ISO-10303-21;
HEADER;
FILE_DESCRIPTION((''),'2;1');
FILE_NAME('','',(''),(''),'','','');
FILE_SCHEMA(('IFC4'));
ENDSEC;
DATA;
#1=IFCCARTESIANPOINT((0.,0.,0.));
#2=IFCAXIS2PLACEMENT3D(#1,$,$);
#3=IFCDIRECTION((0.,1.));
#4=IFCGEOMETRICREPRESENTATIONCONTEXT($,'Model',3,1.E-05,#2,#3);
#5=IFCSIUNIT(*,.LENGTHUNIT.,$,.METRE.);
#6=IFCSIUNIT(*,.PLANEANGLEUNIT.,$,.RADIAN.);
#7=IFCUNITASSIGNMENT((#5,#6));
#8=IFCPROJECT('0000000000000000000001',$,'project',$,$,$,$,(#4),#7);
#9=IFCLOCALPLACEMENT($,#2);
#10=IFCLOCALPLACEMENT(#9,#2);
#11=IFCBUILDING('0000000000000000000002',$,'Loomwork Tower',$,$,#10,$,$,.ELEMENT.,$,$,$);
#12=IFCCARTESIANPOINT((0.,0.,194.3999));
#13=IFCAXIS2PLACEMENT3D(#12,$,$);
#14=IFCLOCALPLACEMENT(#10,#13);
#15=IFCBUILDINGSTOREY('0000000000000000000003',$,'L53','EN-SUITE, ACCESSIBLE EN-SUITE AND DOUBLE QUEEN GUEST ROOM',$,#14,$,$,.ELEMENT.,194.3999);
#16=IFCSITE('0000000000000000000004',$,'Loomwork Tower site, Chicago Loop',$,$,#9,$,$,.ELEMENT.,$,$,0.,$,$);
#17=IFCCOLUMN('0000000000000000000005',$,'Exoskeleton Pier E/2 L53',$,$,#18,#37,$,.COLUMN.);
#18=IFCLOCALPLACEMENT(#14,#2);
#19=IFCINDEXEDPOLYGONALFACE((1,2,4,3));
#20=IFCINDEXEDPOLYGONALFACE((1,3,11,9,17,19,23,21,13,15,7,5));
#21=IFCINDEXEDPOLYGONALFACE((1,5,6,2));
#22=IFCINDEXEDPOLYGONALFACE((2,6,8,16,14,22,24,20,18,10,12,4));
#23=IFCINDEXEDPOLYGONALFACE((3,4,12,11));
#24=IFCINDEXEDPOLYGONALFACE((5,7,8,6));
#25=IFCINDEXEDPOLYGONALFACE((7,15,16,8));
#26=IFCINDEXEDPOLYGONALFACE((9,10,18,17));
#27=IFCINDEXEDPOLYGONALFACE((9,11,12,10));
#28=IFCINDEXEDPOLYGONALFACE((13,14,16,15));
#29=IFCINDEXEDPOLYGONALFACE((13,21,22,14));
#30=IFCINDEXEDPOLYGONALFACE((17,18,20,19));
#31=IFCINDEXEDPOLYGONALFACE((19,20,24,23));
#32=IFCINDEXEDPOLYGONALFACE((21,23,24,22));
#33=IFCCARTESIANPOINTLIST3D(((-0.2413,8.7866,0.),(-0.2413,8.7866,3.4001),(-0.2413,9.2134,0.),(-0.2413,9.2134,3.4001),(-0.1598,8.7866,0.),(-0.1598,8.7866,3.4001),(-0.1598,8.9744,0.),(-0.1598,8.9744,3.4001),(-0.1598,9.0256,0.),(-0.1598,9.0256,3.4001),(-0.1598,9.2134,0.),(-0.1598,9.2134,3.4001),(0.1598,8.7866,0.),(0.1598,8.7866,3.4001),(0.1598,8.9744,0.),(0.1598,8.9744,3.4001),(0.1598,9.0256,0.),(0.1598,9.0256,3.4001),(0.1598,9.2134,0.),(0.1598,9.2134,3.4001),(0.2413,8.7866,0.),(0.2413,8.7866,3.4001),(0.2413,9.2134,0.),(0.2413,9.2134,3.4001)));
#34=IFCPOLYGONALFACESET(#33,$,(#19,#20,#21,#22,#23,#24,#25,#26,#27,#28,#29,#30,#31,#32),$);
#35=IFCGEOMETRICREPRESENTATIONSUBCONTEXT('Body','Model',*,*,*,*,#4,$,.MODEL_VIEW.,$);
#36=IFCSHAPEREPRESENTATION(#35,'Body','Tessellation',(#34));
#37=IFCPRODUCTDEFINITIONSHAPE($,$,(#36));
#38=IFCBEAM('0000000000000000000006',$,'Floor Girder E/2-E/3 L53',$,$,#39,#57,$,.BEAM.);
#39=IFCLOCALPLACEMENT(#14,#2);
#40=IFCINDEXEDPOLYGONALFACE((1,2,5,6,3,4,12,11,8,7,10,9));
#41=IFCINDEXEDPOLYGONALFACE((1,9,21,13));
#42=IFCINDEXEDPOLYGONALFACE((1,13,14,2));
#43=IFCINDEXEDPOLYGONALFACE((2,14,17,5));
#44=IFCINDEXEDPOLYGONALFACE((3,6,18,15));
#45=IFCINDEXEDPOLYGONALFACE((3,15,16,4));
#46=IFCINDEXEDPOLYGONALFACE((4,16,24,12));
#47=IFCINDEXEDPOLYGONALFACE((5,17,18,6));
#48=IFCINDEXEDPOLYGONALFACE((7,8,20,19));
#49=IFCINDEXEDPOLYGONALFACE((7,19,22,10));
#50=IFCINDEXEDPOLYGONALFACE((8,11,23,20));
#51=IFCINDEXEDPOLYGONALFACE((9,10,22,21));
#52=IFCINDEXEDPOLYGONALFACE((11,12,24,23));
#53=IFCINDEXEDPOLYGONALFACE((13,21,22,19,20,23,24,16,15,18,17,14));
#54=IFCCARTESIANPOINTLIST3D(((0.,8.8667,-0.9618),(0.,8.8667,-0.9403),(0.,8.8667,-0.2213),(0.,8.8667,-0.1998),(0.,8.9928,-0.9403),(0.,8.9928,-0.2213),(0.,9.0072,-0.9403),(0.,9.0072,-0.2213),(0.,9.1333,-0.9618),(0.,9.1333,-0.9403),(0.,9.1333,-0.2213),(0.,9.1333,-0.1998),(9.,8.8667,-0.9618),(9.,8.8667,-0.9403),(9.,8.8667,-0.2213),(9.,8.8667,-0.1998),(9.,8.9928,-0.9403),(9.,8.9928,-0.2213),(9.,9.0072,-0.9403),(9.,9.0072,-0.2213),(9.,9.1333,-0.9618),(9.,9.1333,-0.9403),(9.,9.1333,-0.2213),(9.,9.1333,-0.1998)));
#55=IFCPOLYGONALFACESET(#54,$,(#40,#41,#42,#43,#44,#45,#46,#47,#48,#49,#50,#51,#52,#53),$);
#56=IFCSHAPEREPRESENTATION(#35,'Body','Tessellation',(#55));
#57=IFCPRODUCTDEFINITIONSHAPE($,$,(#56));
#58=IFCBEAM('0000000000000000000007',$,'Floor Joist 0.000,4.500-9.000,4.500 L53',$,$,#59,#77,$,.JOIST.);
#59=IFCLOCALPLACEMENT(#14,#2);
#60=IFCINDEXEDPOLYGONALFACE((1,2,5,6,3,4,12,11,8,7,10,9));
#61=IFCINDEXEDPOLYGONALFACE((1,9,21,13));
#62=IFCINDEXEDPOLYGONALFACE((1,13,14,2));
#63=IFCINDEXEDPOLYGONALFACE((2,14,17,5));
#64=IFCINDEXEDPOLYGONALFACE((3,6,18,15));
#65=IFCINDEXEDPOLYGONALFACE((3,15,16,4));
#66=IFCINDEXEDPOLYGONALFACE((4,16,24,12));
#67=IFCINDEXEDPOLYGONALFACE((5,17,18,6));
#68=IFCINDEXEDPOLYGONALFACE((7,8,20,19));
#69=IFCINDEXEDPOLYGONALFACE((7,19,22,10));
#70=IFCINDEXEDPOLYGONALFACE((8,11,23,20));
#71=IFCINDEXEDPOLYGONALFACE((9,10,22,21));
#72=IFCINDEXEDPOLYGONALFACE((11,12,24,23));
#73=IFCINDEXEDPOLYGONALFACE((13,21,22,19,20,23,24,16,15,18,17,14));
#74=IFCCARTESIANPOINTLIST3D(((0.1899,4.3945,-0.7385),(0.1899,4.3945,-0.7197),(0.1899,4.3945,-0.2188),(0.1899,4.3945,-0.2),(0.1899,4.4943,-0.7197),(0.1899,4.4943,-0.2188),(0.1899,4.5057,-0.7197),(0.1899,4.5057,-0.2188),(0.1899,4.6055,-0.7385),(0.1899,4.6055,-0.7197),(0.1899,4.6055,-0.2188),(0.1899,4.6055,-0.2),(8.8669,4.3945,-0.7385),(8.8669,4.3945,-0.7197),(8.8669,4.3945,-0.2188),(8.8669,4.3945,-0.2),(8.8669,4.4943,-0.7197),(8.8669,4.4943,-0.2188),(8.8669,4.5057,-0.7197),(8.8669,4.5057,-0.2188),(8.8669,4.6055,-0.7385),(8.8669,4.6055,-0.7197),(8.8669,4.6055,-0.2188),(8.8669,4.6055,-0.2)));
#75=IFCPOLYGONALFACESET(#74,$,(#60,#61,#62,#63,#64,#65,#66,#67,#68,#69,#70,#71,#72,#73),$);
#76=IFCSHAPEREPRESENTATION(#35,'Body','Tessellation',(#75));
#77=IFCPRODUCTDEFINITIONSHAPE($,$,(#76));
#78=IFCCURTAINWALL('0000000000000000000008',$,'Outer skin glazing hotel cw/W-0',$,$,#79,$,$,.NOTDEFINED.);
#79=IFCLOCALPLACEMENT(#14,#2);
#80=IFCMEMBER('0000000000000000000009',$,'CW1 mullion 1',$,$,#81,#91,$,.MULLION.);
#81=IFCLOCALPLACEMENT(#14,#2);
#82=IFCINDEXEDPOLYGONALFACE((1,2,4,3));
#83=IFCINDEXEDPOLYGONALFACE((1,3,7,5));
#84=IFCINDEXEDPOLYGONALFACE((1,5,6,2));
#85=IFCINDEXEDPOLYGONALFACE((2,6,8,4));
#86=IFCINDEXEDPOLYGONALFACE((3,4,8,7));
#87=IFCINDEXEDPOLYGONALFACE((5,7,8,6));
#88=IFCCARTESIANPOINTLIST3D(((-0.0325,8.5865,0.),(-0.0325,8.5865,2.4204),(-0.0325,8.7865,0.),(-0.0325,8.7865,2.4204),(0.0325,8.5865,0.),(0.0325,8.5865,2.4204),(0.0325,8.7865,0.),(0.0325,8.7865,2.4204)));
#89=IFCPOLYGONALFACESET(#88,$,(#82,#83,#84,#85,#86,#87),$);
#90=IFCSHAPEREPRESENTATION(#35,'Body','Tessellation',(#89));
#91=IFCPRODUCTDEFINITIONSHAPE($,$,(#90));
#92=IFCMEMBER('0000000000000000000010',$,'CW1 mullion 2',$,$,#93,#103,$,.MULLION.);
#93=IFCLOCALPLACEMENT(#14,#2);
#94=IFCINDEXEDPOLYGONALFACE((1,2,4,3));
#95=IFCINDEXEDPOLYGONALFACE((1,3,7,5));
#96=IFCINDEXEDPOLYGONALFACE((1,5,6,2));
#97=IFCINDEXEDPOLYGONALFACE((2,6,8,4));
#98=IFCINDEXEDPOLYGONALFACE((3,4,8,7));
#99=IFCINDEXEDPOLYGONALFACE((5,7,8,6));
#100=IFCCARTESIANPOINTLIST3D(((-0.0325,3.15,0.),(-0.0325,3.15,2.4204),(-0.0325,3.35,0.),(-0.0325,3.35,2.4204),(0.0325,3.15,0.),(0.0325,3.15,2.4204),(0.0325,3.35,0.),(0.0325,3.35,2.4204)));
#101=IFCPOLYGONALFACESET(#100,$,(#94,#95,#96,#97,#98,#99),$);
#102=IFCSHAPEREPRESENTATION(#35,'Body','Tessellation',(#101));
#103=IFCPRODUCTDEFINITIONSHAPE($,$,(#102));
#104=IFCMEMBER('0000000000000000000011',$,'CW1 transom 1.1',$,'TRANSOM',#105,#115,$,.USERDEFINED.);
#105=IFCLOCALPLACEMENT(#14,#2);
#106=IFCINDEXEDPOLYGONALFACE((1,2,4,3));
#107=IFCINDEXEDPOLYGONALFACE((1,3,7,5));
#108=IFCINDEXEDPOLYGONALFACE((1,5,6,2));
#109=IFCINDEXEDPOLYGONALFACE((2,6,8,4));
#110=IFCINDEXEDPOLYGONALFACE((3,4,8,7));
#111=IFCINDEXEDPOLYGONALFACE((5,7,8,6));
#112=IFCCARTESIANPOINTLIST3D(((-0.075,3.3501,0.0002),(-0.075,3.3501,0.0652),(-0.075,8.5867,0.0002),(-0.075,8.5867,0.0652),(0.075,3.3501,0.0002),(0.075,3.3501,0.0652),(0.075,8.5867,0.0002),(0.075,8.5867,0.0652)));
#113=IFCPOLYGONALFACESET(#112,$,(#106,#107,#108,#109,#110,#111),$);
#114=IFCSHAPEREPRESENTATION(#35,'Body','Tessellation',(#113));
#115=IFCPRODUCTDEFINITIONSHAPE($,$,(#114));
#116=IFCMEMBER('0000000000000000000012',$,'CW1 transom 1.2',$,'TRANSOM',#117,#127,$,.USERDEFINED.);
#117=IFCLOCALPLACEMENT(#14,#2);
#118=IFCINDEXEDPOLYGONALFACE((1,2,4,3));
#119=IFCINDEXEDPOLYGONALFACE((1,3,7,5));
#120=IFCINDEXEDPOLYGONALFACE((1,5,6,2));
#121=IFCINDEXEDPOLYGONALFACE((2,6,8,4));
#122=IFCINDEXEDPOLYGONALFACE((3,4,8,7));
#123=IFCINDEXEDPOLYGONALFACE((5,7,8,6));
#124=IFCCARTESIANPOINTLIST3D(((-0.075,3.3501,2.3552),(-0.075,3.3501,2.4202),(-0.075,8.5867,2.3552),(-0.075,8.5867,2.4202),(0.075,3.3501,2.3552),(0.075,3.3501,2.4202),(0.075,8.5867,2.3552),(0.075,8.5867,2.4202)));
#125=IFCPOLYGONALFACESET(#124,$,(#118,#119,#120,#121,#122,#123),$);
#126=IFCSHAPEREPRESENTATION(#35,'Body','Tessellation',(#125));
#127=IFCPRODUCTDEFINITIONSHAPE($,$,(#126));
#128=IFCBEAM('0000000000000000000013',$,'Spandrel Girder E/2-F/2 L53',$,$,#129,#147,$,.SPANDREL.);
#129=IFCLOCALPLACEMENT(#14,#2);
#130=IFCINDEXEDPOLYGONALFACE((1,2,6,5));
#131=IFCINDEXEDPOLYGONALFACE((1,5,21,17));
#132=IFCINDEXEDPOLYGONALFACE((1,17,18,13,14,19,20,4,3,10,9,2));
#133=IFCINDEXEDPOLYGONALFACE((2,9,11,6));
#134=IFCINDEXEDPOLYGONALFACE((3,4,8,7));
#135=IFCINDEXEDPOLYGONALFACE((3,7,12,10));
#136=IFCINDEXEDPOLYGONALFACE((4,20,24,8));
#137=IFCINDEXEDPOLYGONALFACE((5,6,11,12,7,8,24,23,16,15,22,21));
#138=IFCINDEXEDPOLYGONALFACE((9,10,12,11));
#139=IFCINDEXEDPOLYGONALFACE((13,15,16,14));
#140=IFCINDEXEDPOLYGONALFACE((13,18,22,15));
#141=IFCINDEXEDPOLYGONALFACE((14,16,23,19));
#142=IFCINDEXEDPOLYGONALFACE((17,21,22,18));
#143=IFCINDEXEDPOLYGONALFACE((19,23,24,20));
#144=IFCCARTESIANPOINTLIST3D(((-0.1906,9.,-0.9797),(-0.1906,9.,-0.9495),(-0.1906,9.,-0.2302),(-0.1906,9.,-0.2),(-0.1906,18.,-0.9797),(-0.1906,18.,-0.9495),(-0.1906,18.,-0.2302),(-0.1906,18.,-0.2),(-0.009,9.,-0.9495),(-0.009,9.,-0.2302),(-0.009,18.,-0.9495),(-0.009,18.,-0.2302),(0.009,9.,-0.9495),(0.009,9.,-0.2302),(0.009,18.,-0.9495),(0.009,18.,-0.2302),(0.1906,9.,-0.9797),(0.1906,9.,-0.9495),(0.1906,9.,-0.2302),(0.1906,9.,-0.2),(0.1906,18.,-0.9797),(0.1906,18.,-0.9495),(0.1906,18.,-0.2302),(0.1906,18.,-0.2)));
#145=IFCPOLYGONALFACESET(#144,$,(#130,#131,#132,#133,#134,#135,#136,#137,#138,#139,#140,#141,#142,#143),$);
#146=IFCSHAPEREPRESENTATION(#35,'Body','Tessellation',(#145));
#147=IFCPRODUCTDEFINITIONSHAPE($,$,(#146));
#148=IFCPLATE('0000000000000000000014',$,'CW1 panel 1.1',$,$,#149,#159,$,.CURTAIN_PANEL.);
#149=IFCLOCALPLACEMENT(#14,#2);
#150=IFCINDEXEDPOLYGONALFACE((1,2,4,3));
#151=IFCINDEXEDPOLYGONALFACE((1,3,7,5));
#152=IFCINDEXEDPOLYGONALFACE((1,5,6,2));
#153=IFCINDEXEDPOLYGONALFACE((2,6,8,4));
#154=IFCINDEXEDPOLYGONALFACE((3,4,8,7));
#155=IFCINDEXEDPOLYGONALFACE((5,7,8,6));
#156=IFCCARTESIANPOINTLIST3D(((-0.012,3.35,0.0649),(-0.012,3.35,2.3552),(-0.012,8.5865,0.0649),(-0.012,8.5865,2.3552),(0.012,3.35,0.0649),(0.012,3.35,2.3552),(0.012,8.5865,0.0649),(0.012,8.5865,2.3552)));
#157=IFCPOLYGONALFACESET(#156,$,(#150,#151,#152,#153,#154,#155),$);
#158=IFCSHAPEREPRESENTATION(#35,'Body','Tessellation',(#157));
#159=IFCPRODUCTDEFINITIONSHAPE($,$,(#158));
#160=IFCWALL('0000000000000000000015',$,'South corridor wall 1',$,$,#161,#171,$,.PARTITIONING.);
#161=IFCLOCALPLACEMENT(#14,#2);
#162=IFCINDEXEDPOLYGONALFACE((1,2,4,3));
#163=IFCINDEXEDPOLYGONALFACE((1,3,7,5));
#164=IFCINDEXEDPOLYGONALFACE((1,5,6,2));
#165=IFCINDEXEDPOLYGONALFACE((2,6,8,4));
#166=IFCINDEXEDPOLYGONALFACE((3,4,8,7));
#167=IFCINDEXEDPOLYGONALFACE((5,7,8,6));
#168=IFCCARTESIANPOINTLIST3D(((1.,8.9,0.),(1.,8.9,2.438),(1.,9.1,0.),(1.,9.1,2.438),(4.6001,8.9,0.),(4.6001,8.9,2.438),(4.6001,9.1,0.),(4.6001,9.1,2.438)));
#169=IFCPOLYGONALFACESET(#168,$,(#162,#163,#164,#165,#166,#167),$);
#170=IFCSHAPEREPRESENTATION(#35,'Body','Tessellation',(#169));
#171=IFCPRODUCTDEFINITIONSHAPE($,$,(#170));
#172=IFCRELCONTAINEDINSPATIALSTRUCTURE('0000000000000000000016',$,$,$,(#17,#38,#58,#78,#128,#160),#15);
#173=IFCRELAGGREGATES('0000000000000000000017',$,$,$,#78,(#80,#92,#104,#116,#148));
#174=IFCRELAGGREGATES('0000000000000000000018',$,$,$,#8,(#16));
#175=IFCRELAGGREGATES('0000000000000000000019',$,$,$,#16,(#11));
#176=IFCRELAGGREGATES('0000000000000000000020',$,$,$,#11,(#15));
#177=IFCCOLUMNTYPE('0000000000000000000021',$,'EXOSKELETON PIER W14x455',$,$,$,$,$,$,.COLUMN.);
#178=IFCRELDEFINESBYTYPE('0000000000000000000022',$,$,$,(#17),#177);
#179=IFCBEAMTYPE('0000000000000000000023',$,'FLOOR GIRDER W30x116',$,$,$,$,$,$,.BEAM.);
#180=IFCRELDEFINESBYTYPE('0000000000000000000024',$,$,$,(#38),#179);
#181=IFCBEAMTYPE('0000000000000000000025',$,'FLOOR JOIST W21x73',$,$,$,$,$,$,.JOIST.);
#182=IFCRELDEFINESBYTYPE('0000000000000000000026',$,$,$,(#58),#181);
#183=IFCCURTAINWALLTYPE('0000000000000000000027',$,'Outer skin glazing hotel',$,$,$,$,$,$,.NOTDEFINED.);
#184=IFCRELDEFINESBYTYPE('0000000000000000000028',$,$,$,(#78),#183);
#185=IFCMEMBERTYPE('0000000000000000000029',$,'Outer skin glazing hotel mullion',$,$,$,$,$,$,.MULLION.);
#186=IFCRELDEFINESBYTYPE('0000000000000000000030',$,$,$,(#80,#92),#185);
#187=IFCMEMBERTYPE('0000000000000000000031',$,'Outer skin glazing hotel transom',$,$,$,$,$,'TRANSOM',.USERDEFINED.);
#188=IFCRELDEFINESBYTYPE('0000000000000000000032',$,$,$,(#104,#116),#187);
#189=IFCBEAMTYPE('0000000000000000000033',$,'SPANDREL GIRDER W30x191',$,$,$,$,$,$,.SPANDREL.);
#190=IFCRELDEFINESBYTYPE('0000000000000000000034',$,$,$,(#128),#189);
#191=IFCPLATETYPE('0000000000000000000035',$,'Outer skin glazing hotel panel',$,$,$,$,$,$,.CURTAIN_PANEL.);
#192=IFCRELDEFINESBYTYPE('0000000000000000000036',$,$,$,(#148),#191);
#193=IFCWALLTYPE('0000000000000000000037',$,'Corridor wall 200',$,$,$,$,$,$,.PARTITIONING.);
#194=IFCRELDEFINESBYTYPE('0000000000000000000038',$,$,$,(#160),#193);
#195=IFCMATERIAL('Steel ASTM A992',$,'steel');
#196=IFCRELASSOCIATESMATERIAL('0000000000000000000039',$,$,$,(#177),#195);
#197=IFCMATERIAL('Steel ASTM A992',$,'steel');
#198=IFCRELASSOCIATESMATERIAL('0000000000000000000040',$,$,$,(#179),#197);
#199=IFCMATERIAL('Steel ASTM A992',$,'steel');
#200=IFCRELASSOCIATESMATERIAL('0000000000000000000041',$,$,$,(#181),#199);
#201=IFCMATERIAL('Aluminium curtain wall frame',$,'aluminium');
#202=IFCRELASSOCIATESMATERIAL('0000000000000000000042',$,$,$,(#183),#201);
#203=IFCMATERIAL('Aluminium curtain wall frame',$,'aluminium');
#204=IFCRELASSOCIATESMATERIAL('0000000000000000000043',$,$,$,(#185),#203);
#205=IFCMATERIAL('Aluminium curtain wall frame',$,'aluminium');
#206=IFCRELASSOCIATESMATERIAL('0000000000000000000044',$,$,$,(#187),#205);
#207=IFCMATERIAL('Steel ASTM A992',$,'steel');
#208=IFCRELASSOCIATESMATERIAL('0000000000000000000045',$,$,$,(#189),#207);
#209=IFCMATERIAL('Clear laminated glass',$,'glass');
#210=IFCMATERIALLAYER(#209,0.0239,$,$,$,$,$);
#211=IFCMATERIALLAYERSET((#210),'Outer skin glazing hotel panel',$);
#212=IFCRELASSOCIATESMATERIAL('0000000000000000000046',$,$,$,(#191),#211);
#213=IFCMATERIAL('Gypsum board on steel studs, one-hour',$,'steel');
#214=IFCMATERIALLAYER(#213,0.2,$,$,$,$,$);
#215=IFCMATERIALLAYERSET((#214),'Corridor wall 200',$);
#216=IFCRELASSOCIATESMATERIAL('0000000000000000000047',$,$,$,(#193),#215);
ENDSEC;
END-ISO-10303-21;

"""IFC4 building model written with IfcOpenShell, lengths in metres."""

from ifc_helpers import new_model, si_unit, direction, frame, frame_2d, origin, origin_2d, place, context, subcontext, project, spatial, rectangle, i_section, extrude, material, layer, layer_set, material_profile, profile_set, type_object, element, aggregate, save


model = new_model("IFC4")

# Units and contexts
model_context = context("Model", 3, precision=1e-05, world=origin(), true_north=direction((0.0, 1.0)))
body_context = subcontext(model_context, "Body", "Model", "MODEL_VIEW")
ifc_project = project(units=[si_unit("LENGTHUNIT", "METRE"), si_unit("PLANEANGLEUNIT", "RADIAN")], contexts=[model_context])

# Site, building, storey
site_placement = place(None, origin())
site = spatial("IfcSite", under=ifc_project, at=site_placement, Name="Loomwork Tower site, Chicago Loop", CompositionType="ELEMENT", RefElevation=0.0)
building_placement = place(site_placement, origin())
building = spatial("IfcBuilding", under=site, at=building_placement, Name="Loomwork Tower", CompositionType="ELEMENT")
storey_placement = place(building_placement, frame((0.0, 0.0, 194.3999)))
storey = spatial("IfcBuildingStorey", under=building, at=storey_placement, Name="L53", Description="EN-SUITE, ACCESSIBLE EN-SUITE AND DOUBLE QUEEN GUEST ROOM", CompositionType="ELEMENT", Elevation=194.3999)

# Column
ifc_material_1 = material(Name="Steel ASTM A992", Category="steel")
ifc_material_profile_1 = material_profile(ifc_material_1, i_section(OverallWidth=0.4268, OverallDepth=0.4827, WebThickness=0.0513, FlangeThickness=0.0815, at=origin_2d()), Name="W14x455")
ifc_profile_set_1 = profile_set([ifc_material_profile_1], Name="Steel ASTM A992")
column_type = type_object("IfcColumnType", Name="EXOSKELETON PIER W14x455", PredefinedType="COLUMN", material=ifc_profile_set_1)
column_placement = place(storey_placement, frame((0.0, 9.0, 0.0), z_axis=(0.0, 0.0, 1.0), x_axis=(0.0, 1.0, 0.0)))
element("IfcColumn", 1, at=column_placement, inside=storey, type_object=column_type, Name="Exoskeleton Pier E/2 L53", PredefinedType="COLUMN", context=body_context, shape_type="SweptSolid", body=[
    extrude(i_section(OverallWidth=0.4268, OverallDepth=0.4827, WebThickness=0.0513, FlangeThickness=0.0815, at=origin_2d()), origin(), (0.0, 0.0, 1.0), 3.4001),
])

# Beams
ifc_material_2 = material(Name="Steel ASTM A992", Category="steel")
ifc_material_profile_2 = material_profile(ifc_material_2, i_section(OverallWidth=0.2666, OverallDepth=0.762, WebThickness=0.0144, FlangeThickness=0.0215, at=origin_2d()), Name="W30x116")
ifc_profile_set_2 = profile_set([ifc_material_profile_2], Name="Steel ASTM A992")
beam_type_1 = type_object("IfcBeamType", Name="FLOOR GIRDER W30x116", PredefinedType="BEAM", material=ifc_profile_set_2)
beam_1_placement = place(storey_placement, frame((0.0, 9.0, -0.5808), z_axis=(1.0, 0.0, 0.0), x_axis=(0.0, 1.0, 0.0)))
element("IfcBeam", 2, at=beam_1_placement, inside=storey, type_object=beam_type_1, Name="Floor Girder E/2-E/3 L53", PredefinedType="BEAM", context=body_context, shape_type="SweptSolid", body=[
    extrude(i_section(OverallWidth=0.2666, OverallDepth=0.762, WebThickness=0.0144, FlangeThickness=0.0215, at=origin_2d()), origin(), (0.0, 0.0, 1.0), 9.0),
])
ifc_material_3 = material(Name="Steel ASTM A992", Category="steel")
ifc_material_profile_3 = material_profile(ifc_material_3, i_section(OverallWidth=0.2109, OverallDepth=0.5386, WebThickness=0.0115, FlangeThickness=0.0188, at=origin_2d()), Name="W21x73")
ifc_profile_set_3 = profile_set([ifc_material_profile_3], Name="Steel ASTM A992")
beam_type_2 = type_object("IfcBeamType", Name="FLOOR JOIST W21x73", PredefinedType="JOIST", material=ifc_profile_set_3)
beam_2_placement = place(storey_placement, frame((0.1899, 4.5, -0.4692), z_axis=(1.0, 0.0, 0.0), x_axis=(0.0, 1.0, 0.0)))
element("IfcBeam", 3, at=beam_2_placement, inside=storey, type_object=beam_type_2, Name="Floor Joist 0.000,4.500-9.000,4.500 L53", PredefinedType="JOIST", context=body_context, shape_type="SweptSolid", body=[
    extrude(i_section(OverallWidth=0.2109, OverallDepth=0.5386, WebThickness=0.0115, FlangeThickness=0.0188, at=origin_2d()), origin(), (0.0, 0.0, 1.0), 8.677),
])

# Curtain wall, members
ifc_material_4 = material(Name="Aluminium curtain wall frame", Category="aluminium")
curtain_wall_type = type_object("IfcCurtainWallType", Name="Outer skin glazing hotel", PredefinedType="NOTDEFINED", material=ifc_material_4)
curtain_wall_placement = place(storey_placement, origin())
curtain_wall = element("IfcCurtainWall", 4, at=curtain_wall_placement, inside=storey, type_object=curtain_wall_type, Name="Outer skin glazing hotel cw/W-0", PredefinedType="NOTDEFINED")
ifc_material_5 = material(Name="Aluminium curtain wall frame", Category="aluminium")
ifc_material_profile_4 = material_profile(ifc_material_5, rectangle(XDim=0.0649, YDim=0.2, at=origin_2d()), Name="AL 65x200")
ifc_profile_set_4 = profile_set([ifc_material_profile_4], Name="Aluminium curtain wall frame")
member_type_1 = type_object("IfcMemberType", Name="Outer skin glazing hotel mullion", PredefinedType="MULLION", material=ifc_profile_set_4)
member_1_placement = place(storey_placement, frame((0.0, 8.6865, 0.0), z_axis=(0.0, 0.0, 1.0), x_axis=(1.0, 0.0, 0.0)))
member_1 = element("IfcMember", 5, at=member_1_placement, type_object=member_type_1, Name="CW1 mullion 1", PredefinedType="MULLION", context=body_context, shape_type="SweptSolid", body=[
    extrude(rectangle(XDim=0.0649, YDim=0.2, at=origin_2d()), origin(), (0.0, 0.0, 1.0), 2.4204),
])
member_2_placement = place(storey_placement, frame((0.0, 3.25, 0.0), z_axis=(0.0, 0.0, 1.0), x_axis=(1.0, 0.0, 0.0)))
member_2 = element("IfcMember", 6, at=member_2_placement, type_object=member_type_1, Name="CW1 mullion 2", PredefinedType="MULLION", context=body_context, shape_type="SweptSolid", body=[
    extrude(rectangle(XDim=0.0649, YDim=0.2, at=origin_2d()), origin(), (0.0, 0.0, 1.0), 2.4204),
])
ifc_material_6 = material(Name="Aluminium curtain wall frame", Category="aluminium")
ifc_material_profile_5 = material_profile(ifc_material_6, rectangle(XDim=0.1499, YDim=0.0649, at=origin_2d()), Name="AL 65x150")
ifc_profile_set_5 = profile_set([ifc_material_profile_5], Name="Aluminium curtain wall frame")
member_type_2 = type_object("IfcMemberType", Name="Outer skin glazing hotel transom", ElementType="TRANSOM", PredefinedType="USERDEFINED", material=ifc_profile_set_5)
member_3_placement = place(storey_placement, frame((0.0, 8.5867, 0.0327), z_axis=(0.0, -1.0, 0.0), x_axis=(1.0, 0.0, 0.0)))
member_3 = element("IfcMember", 7, at=member_3_placement, type_object=member_type_2, Name="CW1 transom 1.1", ObjectType="TRANSOM", PredefinedType="USERDEFINED", context=body_context, shape_type="SweptSolid", body=[
    extrude(rectangle(XDim=0.1499, YDim=0.0649, at=origin_2d()), origin(), (0.0, 0.0, 1.0), 5.2366),
])
member_4_placement = place(storey_placement, frame((0.0, 8.5867, 2.3877), z_axis=(0.0, -1.0, 0.0), x_axis=(1.0, 0.0, 0.0)))
member_4 = element("IfcMember", 8, at=member_4_placement, type_object=member_type_2, Name="CW1 transom 1.2", ObjectType="TRANSOM", PredefinedType="USERDEFINED", context=body_context, shape_type="SweptSolid", body=[
    extrude(rectangle(XDim=0.1499, YDim=0.0649, at=origin_2d()), origin(), (0.0, 0.0, 1.0), 5.2366),
])

# Beam
ifc_material_7 = material(Name="Steel ASTM A992", Category="steel")
ifc_material_profile_6 = material_profile(ifc_material_7, i_section(OverallWidth=0.3811, OverallDepth=0.7798, WebThickness=0.0181, FlangeThickness=0.0303, at=origin_2d()), Name="W30x191")
ifc_profile_set_6 = profile_set([ifc_material_profile_6], Name="Steel ASTM A992")
beam_type_3 = type_object("IfcBeamType", Name="SPANDREL GIRDER W30x191", PredefinedType="SPANDREL", material=ifc_profile_set_6)
beam_3_placement = place(storey_placement, frame((0.0, 9.0, -0.5898), z_axis=(0.0, 1.0, 0.0), x_axis=(-1.0, 0.0, 0.0)))
element("IfcBeam", 9, at=beam_3_placement, inside=storey, type_object=beam_type_3, Name="Spandrel Girder E/2-F/2 L53", PredefinedType="SPANDREL", context=body_context, shape_type="SweptSolid", body=[
    extrude(i_section(OverallWidth=0.3811, OverallDepth=0.7798, WebThickness=0.0181, FlangeThickness=0.0303, at=origin_2d()), origin(), (0.0, 0.0, 1.0), 9.0),
])

# Plate
ifc_material_8 = material(Name="Clear laminated glass", Category="glass")
ifc_layer_1 = layer(ifc_material_8, 0.0239)
ifc_layer_set_1 = layer_set([ifc_layer_1], Name="Outer skin glazing hotel panel")
plate_type = type_object("IfcPlateType", Name="Outer skin glazing hotel panel", PredefinedType="CURTAIN_PANEL", material=ifc_layer_set_1)
plate_placement = place(storey_placement, frame((0.0, 5.9683, 0.0649), z_axis=(0.0, 0.0, 1.0), x_axis=(0.0, -1.0, 0.0)))
plate = element("IfcPlate", 10, at=plate_placement, type_object=plate_type, Name="CW1 panel 1.1", PredefinedType="CURTAIN_PANEL", context=body_context, shape_type="SweptSolid", body=[
    extrude(rectangle(XDim=5.2366, YDim=0.0239, at=origin_2d()), origin(), (0.0, 0.0, 1.0), 2.2903),
])
aggregate(curtain_wall, [member_1, member_2, member_3, member_4, plate])

# Wall
ifc_material_9 = material(Name="Gypsum board on steel studs, one-hour", Category="steel")
ifc_layer_2 = layer(ifc_material_9, 0.2)
ifc_layer_set_2 = layer_set([ifc_layer_2], Name="Corridor wall 200")
wall_type_1 = type_object("IfcWallType", Name="Corridor wall 200", PredefinedType="PARTITIONING", material=ifc_layer_set_2)
wall_1_placement = place(storey_placement, frame((1.0, 9.0, 0.0), z_axis=(0.0, 0.0, 1.0), x_axis=(1.0, 0.0, 0.0)))
element("IfcWall", 11, at=wall_1_placement, inside=storey, type_object=wall_type_1, Name="South corridor wall 1", PredefinedType="PARTITIONING", context=body_context, shape_type="SweptSolid", body=[
    extrude(rectangle(XDim=3.6001, YDim=0.2, at=frame_2d((1.8, 0.0))), origin(), (0.0, 0.0, 1.0), 2.438),
])

save(model, "model.ifc")
